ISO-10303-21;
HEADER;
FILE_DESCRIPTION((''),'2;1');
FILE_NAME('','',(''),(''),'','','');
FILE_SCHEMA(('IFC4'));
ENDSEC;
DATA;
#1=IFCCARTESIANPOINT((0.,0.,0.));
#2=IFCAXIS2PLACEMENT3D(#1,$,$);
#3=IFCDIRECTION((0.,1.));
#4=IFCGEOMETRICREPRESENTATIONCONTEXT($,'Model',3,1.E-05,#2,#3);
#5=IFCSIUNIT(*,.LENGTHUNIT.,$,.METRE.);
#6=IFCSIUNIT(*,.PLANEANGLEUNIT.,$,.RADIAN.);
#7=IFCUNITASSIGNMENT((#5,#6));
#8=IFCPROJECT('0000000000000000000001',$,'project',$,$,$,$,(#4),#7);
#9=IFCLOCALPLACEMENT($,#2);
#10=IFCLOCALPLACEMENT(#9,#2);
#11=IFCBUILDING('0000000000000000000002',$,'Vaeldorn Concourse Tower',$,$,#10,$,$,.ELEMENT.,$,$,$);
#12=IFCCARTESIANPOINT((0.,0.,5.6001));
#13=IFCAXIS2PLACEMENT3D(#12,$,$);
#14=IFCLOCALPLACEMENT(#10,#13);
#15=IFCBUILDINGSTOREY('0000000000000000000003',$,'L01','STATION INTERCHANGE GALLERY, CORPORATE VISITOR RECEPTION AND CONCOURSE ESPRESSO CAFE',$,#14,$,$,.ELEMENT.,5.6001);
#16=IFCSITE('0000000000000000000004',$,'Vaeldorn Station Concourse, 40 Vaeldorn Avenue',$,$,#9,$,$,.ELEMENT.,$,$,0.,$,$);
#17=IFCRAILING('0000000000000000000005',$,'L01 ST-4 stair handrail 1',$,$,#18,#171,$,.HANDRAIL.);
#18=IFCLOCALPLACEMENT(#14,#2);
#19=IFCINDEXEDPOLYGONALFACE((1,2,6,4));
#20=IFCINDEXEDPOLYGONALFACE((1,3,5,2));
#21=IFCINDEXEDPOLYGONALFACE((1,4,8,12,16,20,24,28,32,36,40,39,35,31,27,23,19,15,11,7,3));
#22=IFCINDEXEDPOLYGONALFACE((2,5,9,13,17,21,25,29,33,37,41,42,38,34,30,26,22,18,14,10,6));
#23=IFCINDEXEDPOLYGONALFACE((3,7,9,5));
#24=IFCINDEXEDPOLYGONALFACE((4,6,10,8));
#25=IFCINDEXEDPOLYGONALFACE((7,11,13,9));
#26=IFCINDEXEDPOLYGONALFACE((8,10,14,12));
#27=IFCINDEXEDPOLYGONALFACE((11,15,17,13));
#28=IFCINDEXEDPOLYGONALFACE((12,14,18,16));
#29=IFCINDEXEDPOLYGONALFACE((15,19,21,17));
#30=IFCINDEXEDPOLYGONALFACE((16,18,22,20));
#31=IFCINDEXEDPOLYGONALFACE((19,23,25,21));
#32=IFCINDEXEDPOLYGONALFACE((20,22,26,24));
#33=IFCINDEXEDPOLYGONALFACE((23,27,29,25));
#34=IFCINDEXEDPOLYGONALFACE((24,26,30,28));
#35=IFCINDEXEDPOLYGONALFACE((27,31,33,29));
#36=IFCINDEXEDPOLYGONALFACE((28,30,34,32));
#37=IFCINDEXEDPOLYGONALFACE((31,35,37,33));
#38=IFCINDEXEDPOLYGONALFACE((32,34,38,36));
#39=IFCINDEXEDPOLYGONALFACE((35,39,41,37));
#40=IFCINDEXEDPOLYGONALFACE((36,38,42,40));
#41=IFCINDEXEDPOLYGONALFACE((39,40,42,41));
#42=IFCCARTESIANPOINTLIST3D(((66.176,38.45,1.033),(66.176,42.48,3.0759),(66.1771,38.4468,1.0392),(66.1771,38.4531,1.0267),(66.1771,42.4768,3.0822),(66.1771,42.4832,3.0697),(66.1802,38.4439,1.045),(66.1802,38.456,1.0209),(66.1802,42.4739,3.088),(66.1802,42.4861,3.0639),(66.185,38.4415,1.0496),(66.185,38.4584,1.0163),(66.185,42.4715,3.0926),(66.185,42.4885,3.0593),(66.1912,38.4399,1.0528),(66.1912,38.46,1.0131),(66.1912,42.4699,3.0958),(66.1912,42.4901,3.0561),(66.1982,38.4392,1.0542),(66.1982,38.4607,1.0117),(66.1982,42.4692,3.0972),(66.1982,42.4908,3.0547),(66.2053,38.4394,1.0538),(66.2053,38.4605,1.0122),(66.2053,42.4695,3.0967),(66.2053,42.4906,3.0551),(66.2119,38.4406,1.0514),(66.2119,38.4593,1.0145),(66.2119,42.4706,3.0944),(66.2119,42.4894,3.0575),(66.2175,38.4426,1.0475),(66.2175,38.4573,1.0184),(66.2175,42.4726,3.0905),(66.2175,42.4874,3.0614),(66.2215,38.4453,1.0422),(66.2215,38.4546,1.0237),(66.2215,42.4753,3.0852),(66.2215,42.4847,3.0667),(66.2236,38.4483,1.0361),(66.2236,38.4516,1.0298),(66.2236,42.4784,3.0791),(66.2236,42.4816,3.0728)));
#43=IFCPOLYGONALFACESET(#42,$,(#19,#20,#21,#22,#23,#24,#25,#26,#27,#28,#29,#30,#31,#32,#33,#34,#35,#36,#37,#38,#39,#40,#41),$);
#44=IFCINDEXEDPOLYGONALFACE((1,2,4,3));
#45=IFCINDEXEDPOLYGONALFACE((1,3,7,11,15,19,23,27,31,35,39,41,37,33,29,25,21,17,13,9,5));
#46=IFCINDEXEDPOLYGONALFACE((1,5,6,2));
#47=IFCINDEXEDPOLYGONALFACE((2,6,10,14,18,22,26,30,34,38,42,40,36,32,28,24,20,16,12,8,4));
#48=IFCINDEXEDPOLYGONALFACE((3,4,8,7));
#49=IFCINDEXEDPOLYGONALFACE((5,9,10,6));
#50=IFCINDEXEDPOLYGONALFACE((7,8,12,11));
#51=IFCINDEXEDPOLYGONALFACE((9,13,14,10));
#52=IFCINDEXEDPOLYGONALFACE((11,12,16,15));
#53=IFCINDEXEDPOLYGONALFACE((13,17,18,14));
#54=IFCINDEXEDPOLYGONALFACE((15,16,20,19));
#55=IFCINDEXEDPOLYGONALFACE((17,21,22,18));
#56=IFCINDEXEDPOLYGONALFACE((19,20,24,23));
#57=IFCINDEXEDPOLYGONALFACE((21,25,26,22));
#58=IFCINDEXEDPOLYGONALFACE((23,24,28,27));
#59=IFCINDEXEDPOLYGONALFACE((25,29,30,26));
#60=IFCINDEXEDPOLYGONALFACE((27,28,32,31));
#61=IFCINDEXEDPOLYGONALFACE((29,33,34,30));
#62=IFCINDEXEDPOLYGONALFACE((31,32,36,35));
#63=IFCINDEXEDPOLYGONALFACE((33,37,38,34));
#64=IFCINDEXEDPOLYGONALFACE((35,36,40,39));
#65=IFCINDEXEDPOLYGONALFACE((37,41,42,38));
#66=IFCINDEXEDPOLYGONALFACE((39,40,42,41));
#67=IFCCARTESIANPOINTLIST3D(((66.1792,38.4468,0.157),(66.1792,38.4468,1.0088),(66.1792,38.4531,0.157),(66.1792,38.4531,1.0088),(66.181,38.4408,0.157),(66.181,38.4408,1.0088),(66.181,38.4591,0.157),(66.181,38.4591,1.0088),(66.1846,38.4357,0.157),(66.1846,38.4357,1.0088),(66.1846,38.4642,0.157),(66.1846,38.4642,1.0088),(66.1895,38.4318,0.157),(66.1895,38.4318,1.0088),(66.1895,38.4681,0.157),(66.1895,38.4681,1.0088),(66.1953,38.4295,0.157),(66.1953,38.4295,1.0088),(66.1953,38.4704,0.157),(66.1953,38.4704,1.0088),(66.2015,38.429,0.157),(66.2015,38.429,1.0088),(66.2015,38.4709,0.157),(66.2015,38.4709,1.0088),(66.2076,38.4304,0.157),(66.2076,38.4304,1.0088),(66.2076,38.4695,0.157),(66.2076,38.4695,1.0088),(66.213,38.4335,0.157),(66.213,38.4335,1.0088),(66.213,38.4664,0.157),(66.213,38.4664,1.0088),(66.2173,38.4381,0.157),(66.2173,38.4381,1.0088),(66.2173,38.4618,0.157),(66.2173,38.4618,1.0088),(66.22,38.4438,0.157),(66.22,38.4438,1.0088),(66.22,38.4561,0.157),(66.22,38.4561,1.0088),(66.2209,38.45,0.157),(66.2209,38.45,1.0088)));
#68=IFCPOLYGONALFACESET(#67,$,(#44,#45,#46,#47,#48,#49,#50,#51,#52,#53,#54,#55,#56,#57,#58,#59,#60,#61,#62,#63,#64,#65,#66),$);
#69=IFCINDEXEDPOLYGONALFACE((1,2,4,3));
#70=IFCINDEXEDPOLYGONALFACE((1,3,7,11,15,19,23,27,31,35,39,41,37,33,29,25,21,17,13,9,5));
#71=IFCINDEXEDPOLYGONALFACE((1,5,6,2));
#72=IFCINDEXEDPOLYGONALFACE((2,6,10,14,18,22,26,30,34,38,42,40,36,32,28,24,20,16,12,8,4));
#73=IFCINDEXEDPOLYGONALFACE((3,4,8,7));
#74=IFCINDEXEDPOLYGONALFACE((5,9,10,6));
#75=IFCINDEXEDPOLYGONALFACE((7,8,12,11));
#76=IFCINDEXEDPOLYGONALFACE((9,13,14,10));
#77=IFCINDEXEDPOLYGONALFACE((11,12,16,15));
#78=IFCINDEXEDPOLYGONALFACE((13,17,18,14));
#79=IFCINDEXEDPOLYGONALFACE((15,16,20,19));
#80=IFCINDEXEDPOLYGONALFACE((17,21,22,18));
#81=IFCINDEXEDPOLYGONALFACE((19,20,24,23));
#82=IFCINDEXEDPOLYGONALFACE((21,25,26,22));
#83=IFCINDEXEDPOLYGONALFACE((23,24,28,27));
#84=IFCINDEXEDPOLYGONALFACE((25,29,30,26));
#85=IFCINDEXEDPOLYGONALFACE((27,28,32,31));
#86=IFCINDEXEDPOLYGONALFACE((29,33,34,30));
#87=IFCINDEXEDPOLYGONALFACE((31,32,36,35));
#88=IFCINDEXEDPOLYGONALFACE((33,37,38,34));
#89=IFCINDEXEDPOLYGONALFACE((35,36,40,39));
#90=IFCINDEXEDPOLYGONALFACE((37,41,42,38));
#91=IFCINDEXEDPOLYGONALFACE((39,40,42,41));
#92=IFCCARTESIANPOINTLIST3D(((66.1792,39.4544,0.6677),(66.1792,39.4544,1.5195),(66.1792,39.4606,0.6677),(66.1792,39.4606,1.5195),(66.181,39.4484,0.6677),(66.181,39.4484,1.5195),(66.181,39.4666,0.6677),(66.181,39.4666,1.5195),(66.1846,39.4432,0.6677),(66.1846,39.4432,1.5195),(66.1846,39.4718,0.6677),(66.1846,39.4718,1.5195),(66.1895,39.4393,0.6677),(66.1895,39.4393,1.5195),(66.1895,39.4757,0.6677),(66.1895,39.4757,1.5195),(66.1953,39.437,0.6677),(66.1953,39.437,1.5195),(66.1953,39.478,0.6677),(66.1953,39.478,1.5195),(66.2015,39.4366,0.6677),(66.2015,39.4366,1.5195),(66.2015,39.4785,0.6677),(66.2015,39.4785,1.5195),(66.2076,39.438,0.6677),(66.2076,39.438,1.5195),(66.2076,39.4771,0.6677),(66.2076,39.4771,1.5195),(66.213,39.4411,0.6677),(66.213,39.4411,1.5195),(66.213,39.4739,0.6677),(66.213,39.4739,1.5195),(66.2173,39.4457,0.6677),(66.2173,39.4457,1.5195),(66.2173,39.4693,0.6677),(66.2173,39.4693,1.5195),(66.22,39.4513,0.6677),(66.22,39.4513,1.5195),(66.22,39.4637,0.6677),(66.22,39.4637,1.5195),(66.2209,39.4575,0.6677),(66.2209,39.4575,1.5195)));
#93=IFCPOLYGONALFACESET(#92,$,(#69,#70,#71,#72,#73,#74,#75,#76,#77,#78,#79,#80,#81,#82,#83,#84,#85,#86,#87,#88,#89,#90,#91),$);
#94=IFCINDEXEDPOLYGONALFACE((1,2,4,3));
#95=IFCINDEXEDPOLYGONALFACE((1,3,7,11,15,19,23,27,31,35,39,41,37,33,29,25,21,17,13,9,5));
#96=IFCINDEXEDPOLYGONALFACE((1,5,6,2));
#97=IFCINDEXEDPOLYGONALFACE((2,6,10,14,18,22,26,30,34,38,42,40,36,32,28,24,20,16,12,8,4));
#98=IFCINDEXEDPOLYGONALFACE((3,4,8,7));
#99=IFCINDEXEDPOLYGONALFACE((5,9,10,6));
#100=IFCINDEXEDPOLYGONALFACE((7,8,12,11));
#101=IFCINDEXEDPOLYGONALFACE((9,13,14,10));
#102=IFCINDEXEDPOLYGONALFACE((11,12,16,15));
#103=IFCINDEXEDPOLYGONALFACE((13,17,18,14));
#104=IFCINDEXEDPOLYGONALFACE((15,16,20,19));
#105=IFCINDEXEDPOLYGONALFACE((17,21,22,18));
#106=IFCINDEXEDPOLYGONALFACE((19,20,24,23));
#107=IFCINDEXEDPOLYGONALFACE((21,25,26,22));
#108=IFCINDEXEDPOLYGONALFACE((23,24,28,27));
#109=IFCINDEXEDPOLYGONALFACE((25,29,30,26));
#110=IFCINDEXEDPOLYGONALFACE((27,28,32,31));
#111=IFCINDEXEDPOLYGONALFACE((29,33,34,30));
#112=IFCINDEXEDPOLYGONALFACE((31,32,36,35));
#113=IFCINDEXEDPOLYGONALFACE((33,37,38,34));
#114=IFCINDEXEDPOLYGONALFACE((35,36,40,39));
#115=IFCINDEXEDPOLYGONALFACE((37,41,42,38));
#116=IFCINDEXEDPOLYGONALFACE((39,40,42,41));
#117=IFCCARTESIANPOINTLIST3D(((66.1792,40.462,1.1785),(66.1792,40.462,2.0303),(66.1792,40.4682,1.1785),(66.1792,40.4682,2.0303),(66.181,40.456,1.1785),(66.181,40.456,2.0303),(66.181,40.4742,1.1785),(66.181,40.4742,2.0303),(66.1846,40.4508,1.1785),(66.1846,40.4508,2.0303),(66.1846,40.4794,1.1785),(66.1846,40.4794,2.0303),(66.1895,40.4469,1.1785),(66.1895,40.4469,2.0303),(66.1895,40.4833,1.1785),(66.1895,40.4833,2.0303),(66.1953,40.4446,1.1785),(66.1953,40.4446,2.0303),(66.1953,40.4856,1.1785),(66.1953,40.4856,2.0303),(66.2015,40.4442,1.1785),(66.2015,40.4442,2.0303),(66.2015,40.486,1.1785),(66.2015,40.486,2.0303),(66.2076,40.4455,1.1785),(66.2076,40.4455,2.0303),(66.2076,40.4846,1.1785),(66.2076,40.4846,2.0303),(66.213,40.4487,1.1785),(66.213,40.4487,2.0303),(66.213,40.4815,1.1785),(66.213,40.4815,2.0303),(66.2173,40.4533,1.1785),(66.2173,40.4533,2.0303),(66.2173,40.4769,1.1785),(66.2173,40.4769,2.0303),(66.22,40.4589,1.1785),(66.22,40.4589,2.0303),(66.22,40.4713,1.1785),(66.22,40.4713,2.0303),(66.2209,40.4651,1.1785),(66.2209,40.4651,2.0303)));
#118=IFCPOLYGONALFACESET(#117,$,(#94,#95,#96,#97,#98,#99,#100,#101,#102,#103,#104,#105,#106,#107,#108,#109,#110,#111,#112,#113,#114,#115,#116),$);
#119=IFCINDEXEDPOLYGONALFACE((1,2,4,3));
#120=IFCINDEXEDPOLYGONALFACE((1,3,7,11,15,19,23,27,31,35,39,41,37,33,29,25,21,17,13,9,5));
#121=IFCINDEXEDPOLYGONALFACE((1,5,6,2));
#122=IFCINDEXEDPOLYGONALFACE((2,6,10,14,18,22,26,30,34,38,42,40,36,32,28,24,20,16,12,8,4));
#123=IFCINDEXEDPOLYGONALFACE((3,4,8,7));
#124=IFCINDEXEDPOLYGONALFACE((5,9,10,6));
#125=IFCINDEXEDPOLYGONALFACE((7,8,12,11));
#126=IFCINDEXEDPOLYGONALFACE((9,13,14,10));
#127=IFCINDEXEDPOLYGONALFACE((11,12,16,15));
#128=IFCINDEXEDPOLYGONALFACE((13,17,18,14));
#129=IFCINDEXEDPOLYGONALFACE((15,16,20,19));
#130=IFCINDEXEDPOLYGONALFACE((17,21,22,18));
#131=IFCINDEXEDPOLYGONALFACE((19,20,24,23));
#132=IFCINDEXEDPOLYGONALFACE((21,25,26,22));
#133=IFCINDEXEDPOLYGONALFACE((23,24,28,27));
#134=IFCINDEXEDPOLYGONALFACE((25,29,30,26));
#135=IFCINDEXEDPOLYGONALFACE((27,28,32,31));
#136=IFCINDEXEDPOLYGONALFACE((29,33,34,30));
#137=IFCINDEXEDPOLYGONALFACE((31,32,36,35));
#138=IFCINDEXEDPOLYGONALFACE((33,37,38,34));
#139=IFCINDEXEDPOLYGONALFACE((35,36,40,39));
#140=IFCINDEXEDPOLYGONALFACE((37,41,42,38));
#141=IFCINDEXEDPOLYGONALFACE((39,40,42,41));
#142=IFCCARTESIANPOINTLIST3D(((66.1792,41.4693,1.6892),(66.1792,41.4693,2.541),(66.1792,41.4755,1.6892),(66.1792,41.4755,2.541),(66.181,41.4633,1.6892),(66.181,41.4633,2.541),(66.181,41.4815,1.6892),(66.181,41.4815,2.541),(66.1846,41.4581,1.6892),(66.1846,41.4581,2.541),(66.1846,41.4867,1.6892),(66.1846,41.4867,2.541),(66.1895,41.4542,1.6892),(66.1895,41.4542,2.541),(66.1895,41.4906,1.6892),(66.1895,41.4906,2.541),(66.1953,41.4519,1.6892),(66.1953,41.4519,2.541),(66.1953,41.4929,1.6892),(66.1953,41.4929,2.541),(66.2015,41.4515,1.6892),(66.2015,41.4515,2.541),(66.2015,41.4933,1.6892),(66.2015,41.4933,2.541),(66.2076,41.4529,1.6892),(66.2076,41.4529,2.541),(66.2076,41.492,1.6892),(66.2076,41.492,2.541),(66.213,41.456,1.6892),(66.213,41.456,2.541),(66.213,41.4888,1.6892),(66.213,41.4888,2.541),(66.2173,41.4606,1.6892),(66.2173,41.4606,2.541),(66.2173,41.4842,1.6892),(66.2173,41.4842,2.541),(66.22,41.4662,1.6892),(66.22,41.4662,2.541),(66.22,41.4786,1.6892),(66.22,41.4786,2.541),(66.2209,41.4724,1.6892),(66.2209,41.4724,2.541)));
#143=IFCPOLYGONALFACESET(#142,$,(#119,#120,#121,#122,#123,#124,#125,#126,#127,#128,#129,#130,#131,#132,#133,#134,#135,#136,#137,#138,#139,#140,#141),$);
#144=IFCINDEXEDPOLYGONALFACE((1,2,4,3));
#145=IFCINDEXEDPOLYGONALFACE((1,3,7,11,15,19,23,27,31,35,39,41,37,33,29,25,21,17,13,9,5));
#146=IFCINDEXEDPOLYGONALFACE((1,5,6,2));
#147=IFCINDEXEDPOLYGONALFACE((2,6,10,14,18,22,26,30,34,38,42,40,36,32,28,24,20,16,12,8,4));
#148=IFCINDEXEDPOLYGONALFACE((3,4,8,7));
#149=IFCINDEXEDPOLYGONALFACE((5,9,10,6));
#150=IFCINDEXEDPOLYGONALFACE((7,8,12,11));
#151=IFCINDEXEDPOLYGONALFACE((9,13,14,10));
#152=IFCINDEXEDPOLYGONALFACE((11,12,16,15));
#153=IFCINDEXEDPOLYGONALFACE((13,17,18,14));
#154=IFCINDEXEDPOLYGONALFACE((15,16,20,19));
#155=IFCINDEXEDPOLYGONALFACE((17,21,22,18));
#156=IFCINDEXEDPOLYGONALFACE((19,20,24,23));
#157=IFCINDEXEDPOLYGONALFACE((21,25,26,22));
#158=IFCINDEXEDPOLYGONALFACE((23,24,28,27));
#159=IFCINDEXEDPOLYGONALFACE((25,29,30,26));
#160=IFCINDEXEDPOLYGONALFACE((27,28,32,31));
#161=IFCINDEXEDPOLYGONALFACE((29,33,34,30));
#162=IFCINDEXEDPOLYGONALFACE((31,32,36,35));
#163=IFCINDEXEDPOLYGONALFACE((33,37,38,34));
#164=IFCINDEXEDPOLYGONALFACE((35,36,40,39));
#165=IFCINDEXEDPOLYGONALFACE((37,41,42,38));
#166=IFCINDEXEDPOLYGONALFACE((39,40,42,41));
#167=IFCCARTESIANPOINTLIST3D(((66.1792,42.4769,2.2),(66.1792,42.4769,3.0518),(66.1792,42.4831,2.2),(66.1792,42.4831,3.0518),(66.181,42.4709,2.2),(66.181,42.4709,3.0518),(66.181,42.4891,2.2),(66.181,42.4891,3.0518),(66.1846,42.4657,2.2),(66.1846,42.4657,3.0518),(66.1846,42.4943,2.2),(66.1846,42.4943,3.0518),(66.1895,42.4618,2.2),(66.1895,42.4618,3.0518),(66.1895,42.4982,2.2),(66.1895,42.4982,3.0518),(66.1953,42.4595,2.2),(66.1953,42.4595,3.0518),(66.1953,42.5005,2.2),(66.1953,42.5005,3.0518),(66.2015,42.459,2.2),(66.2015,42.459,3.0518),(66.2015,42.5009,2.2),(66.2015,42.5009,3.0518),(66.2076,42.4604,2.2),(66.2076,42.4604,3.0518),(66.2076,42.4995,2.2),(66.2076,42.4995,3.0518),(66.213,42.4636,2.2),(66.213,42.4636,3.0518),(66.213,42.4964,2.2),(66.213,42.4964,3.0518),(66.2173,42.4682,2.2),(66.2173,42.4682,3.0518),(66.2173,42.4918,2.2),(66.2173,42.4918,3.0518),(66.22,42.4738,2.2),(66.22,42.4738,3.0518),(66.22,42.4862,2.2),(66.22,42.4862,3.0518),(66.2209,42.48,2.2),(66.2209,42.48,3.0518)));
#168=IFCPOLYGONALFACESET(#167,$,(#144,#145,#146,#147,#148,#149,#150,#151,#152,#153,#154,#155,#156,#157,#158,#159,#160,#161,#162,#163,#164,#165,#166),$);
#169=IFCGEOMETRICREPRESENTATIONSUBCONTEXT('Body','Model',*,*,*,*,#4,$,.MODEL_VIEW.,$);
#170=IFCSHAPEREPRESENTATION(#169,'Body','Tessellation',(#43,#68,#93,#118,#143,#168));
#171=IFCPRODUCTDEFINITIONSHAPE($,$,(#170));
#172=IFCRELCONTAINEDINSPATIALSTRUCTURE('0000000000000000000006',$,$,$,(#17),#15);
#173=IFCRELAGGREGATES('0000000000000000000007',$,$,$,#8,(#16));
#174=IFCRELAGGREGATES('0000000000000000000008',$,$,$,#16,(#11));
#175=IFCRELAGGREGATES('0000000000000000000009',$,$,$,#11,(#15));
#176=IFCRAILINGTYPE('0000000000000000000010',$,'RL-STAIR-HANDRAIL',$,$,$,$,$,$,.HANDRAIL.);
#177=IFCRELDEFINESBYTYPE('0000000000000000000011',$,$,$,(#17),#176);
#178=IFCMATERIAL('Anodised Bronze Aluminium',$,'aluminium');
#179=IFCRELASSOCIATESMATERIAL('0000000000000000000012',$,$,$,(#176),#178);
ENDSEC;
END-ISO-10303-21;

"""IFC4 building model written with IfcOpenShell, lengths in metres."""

from ifc_helpers import new_model, si_unit, direction, frame, origin, origin_2d, place, context, subcontext, project, spatial, circle, extrude, material, type_object, element, save


model = new_model("IFC4")

# Units and contexts
model_context = context("Model", 3, precision=1e-05, world=origin(), true_north=direction((0.0, 1.0)))
body_context = subcontext(model_context, "Body", "Model", "MODEL_VIEW")
ifc_project = project(units=[si_unit("LENGTHUNIT", "METRE"), si_unit("PLANEANGLEUNIT", "RADIAN")], contexts=[model_context])

# Site, building, storey
site_placement = place(None, origin())
site = spatial("IfcSite", under=ifc_project, at=site_placement, Name="Vaeldorn Station Concourse, 40 Vaeldorn Avenue", CompositionType="ELEMENT", RefElevation=0.0)
building_placement = place(site_placement, origin())
building = spatial("IfcBuilding", under=site, at=building_placement, Name="Vaeldorn Concourse Tower", CompositionType="ELEMENT")
storey_placement = place(building_placement, frame((0.0, 0.0, 5.6001)))
storey = spatial("IfcBuildingStorey", under=building, at=storey_placement, Name="L01", Description="STATION INTERCHANGE GALLERY, CORPORATE VISITOR RECEPTION AND CONCOURSE ESPRESSO CAFE", CompositionType="ELEMENT", Elevation=5.6001)

# Shared definitions
ifc_material_1 = material(Name="Anodised Bronze Aluminium", Category="aluminium")

# Railing
railing_type_1 = type_object("IfcRailingType", Name="RL-STAIR-HANDRAIL", PredefinedType="HANDRAIL", material=ifc_material_1)
railing_1_placement = place(storey_placement, frame((66.2, 38.45, 0.157)))
element("IfcRailing", 1, at=railing_1_placement, inside=storey, type_object=railing_type_1, Name="L01 ST-4 stair handrail 1", PredefinedType="HANDRAIL", context=body_context, shape_type="SweptSolid", body=[
    extrude(circle(Radius=0.0239, at=origin_2d()), frame((0.0, 0.0, 0.876), z_axis=(0.0, 0.891939, 0.452156), x_axis=(-1.0, 0.0, 0.0)), (0.0, 0.0, 1.0), 4.5183),
    extrude(circle(Radius=0.021, at=origin_2d()), origin(), (0.0, 0.0, 1.0), 0.8518),
    extrude(circle(Radius=0.021, at=origin_2d()), frame((0.0, 1.0076, 0.5107)), (0.0, 0.0, 1.0), 0.8518),
    extrude(circle(Radius=0.021, at=origin_2d()), frame((0.0, 2.0151, 1.0215)), (0.0, 0.0, 1.0), 0.8518),
    extrude(circle(Radius=0.021, at=origin_2d()), frame((0.0, 3.0225, 1.5322)), (0.0, 0.0, 1.0), 0.8518),
    extrude(circle(Radius=0.021, at=origin_2d()), frame((0.0, 4.03, 2.043)), (0.0, 0.0, 1.0), 0.8518),
])

save(model, "model.ifc")
